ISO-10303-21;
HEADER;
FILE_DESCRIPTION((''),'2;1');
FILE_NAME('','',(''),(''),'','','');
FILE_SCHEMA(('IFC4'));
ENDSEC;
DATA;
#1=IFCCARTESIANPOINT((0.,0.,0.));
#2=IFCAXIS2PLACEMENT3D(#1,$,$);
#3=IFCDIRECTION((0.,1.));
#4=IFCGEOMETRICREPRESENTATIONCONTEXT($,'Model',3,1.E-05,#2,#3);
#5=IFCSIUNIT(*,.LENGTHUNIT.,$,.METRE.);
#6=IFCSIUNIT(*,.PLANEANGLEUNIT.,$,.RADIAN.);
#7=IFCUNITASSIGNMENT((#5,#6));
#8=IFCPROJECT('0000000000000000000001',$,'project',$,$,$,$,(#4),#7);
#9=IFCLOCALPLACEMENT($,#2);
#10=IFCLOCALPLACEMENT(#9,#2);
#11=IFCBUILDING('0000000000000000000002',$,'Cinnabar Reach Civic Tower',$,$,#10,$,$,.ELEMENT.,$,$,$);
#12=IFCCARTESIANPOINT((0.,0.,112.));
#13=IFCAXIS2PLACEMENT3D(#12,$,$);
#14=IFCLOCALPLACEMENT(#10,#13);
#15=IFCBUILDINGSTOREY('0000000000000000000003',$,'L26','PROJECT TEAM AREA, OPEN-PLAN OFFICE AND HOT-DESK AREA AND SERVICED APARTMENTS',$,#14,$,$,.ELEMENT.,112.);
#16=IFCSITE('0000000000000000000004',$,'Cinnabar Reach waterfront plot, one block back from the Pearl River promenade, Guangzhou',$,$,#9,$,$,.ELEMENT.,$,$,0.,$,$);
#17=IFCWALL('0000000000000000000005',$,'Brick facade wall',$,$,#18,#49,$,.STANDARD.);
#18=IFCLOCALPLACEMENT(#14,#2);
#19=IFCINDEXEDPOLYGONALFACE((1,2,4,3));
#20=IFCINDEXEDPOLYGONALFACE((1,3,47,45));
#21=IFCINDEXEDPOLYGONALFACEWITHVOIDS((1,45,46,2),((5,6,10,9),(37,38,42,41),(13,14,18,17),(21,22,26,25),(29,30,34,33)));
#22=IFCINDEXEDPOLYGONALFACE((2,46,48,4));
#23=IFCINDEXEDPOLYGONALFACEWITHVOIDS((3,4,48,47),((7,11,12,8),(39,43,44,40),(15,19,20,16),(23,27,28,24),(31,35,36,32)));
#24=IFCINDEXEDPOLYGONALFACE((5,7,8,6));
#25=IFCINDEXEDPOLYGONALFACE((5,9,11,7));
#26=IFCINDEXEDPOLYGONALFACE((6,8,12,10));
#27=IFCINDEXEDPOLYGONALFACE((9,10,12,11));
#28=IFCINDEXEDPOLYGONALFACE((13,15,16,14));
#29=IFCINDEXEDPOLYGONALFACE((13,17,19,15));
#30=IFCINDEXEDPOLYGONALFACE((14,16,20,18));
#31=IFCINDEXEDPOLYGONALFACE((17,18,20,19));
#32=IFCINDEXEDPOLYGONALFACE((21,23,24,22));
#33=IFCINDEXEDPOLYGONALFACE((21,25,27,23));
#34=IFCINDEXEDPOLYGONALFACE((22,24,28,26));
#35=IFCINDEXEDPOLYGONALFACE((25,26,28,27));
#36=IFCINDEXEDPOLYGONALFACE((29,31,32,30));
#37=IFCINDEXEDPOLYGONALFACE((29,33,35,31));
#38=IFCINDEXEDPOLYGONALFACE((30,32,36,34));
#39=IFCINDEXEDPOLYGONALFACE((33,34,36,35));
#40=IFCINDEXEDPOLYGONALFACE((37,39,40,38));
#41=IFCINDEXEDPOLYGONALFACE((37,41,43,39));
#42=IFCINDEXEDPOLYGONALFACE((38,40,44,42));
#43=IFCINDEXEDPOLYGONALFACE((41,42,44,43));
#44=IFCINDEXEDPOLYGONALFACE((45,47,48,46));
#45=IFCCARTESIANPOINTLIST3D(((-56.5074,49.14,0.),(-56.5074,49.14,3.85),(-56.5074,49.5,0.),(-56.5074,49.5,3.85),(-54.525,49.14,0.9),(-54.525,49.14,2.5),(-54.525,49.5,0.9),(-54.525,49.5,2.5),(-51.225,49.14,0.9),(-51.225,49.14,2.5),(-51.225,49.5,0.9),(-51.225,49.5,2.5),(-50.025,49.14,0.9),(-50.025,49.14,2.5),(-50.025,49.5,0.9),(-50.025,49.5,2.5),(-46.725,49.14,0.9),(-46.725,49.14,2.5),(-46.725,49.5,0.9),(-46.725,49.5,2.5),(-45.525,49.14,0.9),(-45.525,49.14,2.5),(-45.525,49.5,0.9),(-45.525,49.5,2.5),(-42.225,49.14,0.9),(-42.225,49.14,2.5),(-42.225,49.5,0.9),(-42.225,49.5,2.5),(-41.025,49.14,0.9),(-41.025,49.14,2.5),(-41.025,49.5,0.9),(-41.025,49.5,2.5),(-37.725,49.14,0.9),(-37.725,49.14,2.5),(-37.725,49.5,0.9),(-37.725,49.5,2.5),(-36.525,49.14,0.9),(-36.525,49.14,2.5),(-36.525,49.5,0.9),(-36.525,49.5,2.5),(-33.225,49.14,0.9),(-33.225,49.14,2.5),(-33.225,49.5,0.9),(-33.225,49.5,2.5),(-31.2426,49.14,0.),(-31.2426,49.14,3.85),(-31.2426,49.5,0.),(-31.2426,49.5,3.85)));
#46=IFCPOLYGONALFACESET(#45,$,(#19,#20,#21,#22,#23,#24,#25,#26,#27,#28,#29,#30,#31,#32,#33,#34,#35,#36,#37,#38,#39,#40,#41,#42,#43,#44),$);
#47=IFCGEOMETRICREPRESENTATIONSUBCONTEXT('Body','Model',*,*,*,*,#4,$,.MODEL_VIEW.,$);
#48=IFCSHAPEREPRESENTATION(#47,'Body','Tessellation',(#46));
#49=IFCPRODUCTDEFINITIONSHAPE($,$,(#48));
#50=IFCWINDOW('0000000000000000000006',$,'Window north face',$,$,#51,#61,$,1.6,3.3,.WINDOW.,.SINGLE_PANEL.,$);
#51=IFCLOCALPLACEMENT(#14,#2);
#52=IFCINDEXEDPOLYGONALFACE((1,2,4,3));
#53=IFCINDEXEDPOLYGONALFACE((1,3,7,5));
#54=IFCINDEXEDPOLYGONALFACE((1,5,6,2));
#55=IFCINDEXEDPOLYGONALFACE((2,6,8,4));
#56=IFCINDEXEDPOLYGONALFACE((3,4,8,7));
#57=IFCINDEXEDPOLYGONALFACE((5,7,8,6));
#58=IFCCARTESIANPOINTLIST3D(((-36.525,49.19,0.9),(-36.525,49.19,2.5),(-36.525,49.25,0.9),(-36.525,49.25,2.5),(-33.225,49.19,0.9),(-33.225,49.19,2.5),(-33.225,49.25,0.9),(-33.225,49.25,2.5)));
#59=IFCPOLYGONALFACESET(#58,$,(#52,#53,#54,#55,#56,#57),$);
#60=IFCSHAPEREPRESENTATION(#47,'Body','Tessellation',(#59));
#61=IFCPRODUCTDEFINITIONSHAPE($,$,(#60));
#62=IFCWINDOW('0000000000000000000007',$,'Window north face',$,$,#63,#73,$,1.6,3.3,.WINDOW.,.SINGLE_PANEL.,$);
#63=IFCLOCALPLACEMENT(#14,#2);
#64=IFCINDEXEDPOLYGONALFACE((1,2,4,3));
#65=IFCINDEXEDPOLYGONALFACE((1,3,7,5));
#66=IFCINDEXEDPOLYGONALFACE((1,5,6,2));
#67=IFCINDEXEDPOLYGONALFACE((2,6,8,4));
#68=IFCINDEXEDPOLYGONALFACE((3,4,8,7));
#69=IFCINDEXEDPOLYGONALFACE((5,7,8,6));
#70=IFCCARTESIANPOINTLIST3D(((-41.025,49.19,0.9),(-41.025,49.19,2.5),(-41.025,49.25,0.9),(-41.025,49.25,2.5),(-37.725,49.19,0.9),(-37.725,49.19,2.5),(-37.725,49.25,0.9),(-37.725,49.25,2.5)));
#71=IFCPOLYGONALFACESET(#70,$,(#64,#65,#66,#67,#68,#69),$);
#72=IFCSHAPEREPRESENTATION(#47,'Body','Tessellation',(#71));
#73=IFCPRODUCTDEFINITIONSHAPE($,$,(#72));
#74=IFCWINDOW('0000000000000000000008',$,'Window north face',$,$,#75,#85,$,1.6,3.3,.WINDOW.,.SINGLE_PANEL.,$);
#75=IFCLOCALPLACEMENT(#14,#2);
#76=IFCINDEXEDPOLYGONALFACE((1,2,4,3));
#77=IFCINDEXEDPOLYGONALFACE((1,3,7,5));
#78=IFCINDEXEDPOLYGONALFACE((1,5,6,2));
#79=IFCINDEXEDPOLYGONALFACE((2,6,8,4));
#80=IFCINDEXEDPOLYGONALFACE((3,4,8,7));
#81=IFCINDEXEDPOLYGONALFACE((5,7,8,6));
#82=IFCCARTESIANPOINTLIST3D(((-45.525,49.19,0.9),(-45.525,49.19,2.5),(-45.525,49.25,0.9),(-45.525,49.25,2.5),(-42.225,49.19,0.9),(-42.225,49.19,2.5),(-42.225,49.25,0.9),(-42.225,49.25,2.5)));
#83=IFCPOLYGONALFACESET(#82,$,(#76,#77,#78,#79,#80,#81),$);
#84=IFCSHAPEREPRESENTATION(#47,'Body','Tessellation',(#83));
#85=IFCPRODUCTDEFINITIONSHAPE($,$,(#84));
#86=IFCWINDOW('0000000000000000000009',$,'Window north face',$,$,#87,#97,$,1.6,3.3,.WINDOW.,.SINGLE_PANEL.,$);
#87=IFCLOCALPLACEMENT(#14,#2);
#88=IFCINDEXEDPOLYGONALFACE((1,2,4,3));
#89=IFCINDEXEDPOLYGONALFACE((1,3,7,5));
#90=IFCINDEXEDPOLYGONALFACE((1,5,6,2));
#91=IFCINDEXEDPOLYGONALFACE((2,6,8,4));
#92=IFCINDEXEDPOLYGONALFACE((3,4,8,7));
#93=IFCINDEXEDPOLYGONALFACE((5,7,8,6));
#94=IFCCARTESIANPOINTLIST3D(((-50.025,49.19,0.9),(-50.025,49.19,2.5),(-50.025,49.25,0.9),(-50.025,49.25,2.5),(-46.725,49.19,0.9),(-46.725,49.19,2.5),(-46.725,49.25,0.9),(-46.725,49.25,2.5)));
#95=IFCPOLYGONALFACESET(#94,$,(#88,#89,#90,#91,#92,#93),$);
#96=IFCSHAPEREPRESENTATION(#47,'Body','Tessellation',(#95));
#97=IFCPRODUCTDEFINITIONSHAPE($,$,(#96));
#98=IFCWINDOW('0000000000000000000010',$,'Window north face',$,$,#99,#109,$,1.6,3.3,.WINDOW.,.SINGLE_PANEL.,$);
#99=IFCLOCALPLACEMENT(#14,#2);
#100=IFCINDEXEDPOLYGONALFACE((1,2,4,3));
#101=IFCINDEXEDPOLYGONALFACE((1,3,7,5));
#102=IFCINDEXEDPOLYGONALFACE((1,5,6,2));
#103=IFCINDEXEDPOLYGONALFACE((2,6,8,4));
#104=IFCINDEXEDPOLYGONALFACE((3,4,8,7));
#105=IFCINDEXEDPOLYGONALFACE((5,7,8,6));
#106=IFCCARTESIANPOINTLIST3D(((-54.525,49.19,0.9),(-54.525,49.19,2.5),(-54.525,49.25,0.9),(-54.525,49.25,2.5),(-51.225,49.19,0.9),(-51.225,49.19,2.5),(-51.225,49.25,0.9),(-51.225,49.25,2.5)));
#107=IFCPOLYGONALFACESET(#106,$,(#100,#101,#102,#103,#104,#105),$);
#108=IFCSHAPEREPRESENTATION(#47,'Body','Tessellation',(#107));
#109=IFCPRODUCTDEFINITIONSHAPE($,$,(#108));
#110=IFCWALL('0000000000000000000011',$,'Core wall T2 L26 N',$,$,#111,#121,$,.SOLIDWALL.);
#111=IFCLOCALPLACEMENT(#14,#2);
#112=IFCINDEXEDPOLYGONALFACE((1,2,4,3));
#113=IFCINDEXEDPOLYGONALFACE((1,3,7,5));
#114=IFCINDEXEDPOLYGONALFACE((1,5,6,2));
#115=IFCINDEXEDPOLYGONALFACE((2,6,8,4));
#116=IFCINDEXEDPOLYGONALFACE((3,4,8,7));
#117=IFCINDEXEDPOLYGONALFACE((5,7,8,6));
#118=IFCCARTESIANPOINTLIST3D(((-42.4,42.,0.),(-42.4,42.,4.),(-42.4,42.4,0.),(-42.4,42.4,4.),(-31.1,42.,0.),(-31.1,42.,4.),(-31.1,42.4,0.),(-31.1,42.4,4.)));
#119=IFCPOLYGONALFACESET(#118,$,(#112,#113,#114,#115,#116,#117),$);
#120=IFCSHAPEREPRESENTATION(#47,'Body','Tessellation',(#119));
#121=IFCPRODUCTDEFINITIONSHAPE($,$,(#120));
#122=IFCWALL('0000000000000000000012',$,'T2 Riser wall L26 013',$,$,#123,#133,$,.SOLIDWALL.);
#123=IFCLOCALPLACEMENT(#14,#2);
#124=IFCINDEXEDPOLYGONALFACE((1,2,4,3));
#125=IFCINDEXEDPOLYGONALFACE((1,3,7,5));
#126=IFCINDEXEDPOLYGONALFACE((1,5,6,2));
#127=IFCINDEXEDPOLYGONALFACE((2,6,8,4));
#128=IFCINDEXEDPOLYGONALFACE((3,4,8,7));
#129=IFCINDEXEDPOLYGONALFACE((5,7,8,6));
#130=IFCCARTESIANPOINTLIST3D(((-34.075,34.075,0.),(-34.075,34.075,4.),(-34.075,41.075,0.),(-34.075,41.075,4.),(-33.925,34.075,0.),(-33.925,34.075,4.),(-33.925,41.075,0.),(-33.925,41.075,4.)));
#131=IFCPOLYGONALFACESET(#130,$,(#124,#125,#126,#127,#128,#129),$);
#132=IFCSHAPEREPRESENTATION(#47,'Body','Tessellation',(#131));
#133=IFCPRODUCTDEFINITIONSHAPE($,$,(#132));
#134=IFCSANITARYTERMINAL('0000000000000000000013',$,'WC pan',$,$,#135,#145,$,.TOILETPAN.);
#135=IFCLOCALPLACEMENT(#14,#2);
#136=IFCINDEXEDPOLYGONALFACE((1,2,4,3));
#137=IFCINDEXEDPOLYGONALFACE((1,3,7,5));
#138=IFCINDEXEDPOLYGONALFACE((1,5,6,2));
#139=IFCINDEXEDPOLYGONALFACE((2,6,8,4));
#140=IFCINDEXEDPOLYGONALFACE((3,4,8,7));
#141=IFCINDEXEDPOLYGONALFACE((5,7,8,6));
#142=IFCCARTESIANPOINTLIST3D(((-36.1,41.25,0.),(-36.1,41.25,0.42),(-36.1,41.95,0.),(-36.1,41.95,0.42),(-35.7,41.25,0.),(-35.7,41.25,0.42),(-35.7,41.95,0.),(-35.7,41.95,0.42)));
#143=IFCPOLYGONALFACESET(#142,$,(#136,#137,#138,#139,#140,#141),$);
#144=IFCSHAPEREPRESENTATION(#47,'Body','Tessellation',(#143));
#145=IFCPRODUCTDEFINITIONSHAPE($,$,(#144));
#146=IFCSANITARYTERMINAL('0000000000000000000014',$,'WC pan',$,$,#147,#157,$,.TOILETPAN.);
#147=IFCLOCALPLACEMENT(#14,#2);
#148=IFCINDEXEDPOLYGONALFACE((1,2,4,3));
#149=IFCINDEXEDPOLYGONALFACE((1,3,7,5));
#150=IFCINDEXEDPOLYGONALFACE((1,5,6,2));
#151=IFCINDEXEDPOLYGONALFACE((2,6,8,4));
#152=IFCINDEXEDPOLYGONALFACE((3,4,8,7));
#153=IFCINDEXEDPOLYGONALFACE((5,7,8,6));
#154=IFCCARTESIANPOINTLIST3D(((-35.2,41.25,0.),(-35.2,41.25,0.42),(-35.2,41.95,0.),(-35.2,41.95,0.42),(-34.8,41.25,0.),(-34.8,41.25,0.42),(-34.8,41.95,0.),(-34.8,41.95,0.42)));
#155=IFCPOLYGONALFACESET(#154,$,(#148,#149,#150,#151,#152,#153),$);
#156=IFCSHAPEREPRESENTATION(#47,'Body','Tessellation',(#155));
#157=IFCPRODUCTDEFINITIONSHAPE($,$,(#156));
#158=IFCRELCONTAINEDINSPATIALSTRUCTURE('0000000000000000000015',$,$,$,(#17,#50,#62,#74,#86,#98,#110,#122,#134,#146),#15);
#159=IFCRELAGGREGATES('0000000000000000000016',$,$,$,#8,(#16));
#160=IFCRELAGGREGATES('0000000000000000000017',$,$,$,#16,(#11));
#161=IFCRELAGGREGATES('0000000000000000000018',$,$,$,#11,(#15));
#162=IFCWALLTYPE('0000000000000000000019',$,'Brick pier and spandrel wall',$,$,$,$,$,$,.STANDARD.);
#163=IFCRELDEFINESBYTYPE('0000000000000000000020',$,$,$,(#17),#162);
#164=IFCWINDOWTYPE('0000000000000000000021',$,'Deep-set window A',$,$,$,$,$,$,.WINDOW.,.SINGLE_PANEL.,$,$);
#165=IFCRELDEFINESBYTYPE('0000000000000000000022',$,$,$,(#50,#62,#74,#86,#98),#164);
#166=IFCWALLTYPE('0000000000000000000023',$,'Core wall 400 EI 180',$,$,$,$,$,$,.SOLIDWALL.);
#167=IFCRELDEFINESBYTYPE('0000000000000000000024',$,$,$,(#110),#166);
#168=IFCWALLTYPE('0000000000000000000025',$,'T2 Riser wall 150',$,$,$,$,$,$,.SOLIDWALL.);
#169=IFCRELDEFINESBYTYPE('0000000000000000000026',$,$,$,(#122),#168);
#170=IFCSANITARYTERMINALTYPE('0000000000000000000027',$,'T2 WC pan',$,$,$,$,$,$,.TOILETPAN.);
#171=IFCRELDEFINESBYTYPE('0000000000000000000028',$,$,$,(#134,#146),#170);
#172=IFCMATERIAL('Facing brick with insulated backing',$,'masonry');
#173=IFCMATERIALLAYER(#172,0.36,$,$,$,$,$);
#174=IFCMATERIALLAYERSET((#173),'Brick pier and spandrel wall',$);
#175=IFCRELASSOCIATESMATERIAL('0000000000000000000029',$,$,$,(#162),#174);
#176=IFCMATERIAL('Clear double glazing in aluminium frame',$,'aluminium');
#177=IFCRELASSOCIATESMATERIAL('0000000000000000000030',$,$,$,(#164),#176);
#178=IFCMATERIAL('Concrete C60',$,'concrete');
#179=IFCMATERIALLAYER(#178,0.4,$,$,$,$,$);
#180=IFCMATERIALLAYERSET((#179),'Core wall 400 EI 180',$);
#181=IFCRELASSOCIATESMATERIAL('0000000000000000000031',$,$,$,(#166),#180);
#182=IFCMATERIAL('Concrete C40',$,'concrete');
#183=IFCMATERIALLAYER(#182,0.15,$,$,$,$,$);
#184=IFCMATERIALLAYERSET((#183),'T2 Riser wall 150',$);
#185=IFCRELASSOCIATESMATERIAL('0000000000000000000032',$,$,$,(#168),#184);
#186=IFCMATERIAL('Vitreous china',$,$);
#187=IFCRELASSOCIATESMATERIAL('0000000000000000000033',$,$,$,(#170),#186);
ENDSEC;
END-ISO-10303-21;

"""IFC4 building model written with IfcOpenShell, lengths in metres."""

from ifc_helpers import new_model, si_unit, direction, frame, frame_2d, origin, origin_2d, place, context, subcontext, project, spatial, rectangle, extrude, material, layer, layer_set, type_object, element, fill, save


model = new_model("IFC4")

# Units and contexts
model_context = context("Model", 3, precision=1e-05, world=origin(), true_north=direction((0.0, 1.0)))
body_context = subcontext(model_context, "Body", "Model", "MODEL_VIEW")
ifc_project = project(units=[si_unit("LENGTHUNIT", "METRE"), si_unit("PLANEANGLEUNIT", "RADIAN")], contexts=[model_context])

# Site, building, storey
site_placement = place(None, origin())
site = spatial("IfcSite", under=ifc_project, at=site_placement, Name="Cinnabar Reach waterfront plot, one block back from the Pearl River promenade, Guangzhou", CompositionType="ELEMENT", RefElevation=0.0)
building_placement = place(site_placement, origin())
building = spatial("IfcBuilding", under=site, at=building_placement, Name="Cinnabar Reach Civic Tower", CompositionType="ELEMENT")
storey_placement = place(building_placement, frame((0.0, 0.0, 112.0)))
storey = spatial("IfcBuildingStorey", under=building, at=storey_placement, Name="L26", Description="PROJECT TEAM AREA, OPEN-PLAN OFFICE AND HOT-DESK AREA AND SERVICED APARTMENTS", CompositionType="ELEMENT", Elevation=112.0)

# Shared definitions
ifc_material_1 = material(Name="Concrete C60", Category="concrete")

# Shared definitions
ifc_material_2 = material(Name="Facing brick with insulated backing", Category="masonry")

# Wall, openings, windows
ifc_layer_1 = layer(ifc_material_2, 0.36)
ifc_layer_set_1 = layer_set([ifc_layer_1], Name="Brick pier and spandrel wall")
wall_type_1 = type_object("IfcWallType", Name="Brick pier and spandrel wall", PredefinedType="STANDARD", material=ifc_layer_set_1)
wall_1_placement = place(storey_placement, frame((-31.2426, 49.32, 0.0), z_axis=(0.0, 0.0, 1.0), x_axis=(-1.0, 0.0, 0.0)))
wall_1 = element("IfcWall", 1, at=wall_1_placement, inside=storey, type_object=wall_type_1, Name="Brick facade wall", PredefinedType="STANDARD", context=body_context, shape_type="SweptSolid", body=[
    extrude(rectangle(XDim=25.2648, YDim=0.36, at=frame_2d((12.6324, 0.0))), origin(), (0.0, 0.0, 1.0), 3.85),
])
opening_1_placement = place(wall_1_placement, frame((1.9824, 0.0, 0.9)))
opening_1 = element("IfcOpeningElement", 2, at=opening_1_placement, cuts=wall_1, PredefinedType="OPENING", context=body_context, shape_type="SweptSolid", body=[
    extrude(rectangle(XDim=3.3, YDim=1.6, at=frame_2d((1.65, 0.8))), frame((0.0, 0.19, 0.0), z_axis=(0.0, -1.0, 0.0), x_axis=(1.0, 0.0, 0.0)), (0.0, 0.0, 1.0), 0.38),
])
opening_2_placement = place(wall_1_placement, frame((6.4824, 0.0, 0.9)))
opening_2 = element("IfcOpeningElement", 3, at=opening_2_placement, cuts=wall_1, PredefinedType="OPENING", context=body_context, shape_type="SweptSolid", body=[
    extrude(rectangle(XDim=3.3, YDim=1.6, at=frame_2d((1.65, 0.8))), frame((0.0, 0.19, 0.0), z_axis=(0.0, -1.0, 0.0), x_axis=(1.0, 0.0, 0.0)), (0.0, 0.0, 1.0), 0.38),
])
opening_3_placement = place(wall_1_placement, frame((10.9824, 0.0, 0.9)))
opening_3 = element("IfcOpeningElement", 4, at=opening_3_placement, cuts=wall_1, PredefinedType="OPENING", context=body_context, shape_type="SweptSolid", body=[
    extrude(rectangle(XDim=3.3, YDim=1.6, at=frame_2d((1.65, 0.8))), frame((0.0, 0.19, 0.0), z_axis=(0.0, -1.0, 0.0), x_axis=(1.0, 0.0, 0.0)), (0.0, 0.0, 1.0), 0.38),
])
opening_4_placement = place(wall_1_placement, frame((15.4824, 0.0, 0.9)))
opening_4 = element("IfcOpeningElement", 5, at=opening_4_placement, cuts=wall_1, PredefinedType="OPENING", context=body_context, shape_type="SweptSolid", body=[
    extrude(rectangle(XDim=3.3, YDim=1.6, at=frame_2d((1.65, 0.8))), frame((0.0, 0.19, 0.0), z_axis=(0.0, -1.0, 0.0), x_axis=(1.0, 0.0, 0.0)), (0.0, 0.0, 1.0), 0.38),
])
opening_5_placement = place(wall_1_placement, frame((19.9824, 0.0, 0.9)))
opening_5 = element("IfcOpeningElement", 6, at=opening_5_placement, cuts=wall_1, PredefinedType="OPENING", context=body_context, shape_type="SweptSolid", body=[
    extrude(rectangle(XDim=3.3, YDim=1.6, at=frame_2d((1.65, 0.8))), frame((0.0, 0.19, 0.0), z_axis=(0.0, -1.0, 0.0), x_axis=(1.0, 0.0, 0.0)), (0.0, 0.0, 1.0), 0.38),
])
ifc_material_3 = material(Name="Clear double glazing in aluminium frame", Category="aluminium")
window_type = type_object("IfcWindowType", Name="Deep-set window A", PartitioningType="SINGLE_PANEL", PredefinedType="WINDOW", material=ifc_material_3)
window_1_placement = place(opening_1_placement, origin())
window_1 = element("IfcWindow", 7, at=window_1_placement, inside=storey, type_object=window_type, Name="Window north face", OverallHeight=1.6, OverallWidth=3.3, PartitioningType="SINGLE_PANEL", PredefinedType="WINDOW", context=body_context, shape_type="SweptSolid", body=[
    extrude(rectangle(XDim=3.3, YDim=1.6, at=frame_2d((1.65, 0.8))), frame((0.0, 0.13, 0.0), z_axis=(0.0, -1.0, 0.0), x_axis=(1.0, 0.0, 0.0)), (0.0, 0.0, 1.0), 0.06),
])
fill(opening_1, window_1)
window_2_placement = place(opening_2_placement, origin())
window_2 = element("IfcWindow", 8, at=window_2_placement, inside=storey, type_object=window_type, Name="Window north face", OverallHeight=1.6, OverallWidth=3.3, PartitioningType="SINGLE_PANEL", PredefinedType="WINDOW", context=body_context, shape_type="SweptSolid", body=[
    extrude(rectangle(XDim=3.3, YDim=1.6, at=frame_2d((1.65, 0.8))), frame((0.0, 0.13, 0.0), z_axis=(0.0, -1.0, 0.0), x_axis=(1.0, 0.0, 0.0)), (0.0, 0.0, 1.0), 0.06),
])
fill(opening_2, window_2)
window_3_placement = place(opening_3_placement, origin())
window_3 = element("IfcWindow", 9, at=window_3_placement, inside=storey, type_object=window_type, Name="Window north face", OverallHeight=1.6, OverallWidth=3.3, PartitioningType="SINGLE_PANEL", PredefinedType="WINDOW", context=body_context, shape_type="SweptSolid", body=[
    extrude(rectangle(XDim=3.3, YDim=1.6, at=frame_2d((1.65, 0.8))), frame((0.0, 0.13, 0.0), z_axis=(0.0, -1.0, 0.0), x_axis=(1.0, 0.0, 0.0)), (0.0, 0.0, 1.0), 0.06),
])
fill(opening_3, window_3)
window_4_placement = place(opening_4_placement, origin())
window_4 = element("IfcWindow", 10, at=window_4_placement, inside=storey, type_object=window_type, Name="Window north face", OverallHeight=1.6, OverallWidth=3.3, PartitioningType="SINGLE_PANEL", PredefinedType="WINDOW", context=body_context, shape_type="SweptSolid", body=[
    extrude(rectangle(XDim=3.3, YDim=1.6, at=frame_2d((1.65, 0.8))), frame((0.0, 0.13, 0.0), z_axis=(0.0, -1.0, 0.0), x_axis=(1.0, 0.0, 0.0)), (0.0, 0.0, 1.0), 0.06),
])
fill(opening_4, window_4)
window_5_placement = place(opening_5_placement, origin())
window_5 = element("IfcWindow", 11, at=window_5_placement, inside=storey, type_object=window_type, Name="Window north face", OverallHeight=1.6, OverallWidth=3.3, PartitioningType="SINGLE_PANEL", PredefinedType="WINDOW", context=body_context, shape_type="SweptSolid", body=[
    extrude(rectangle(XDim=3.3, YDim=1.6, at=frame_2d((1.65, 0.8))), frame((0.0, 0.13, 0.0), z_axis=(0.0, -1.0, 0.0), x_axis=(1.0, 0.0, 0.0)), (0.0, 0.0, 1.0), 0.06),
])
fill(opening_5, window_5)

# Walls
ifc_layer_2 = layer(ifc_material_1, 0.4)
ifc_layer_set_2 = layer_set([ifc_layer_2], Name="Core wall 400 EI 180")
wall_type_2 = type_object("IfcWallType", Name="Core wall 400 EI 180", PredefinedType="SOLIDWALL", material=ifc_layer_set_2)
wall_2_placement = place(storey_placement, frame((-31.1, 42.2, 0.0), z_axis=(0.0, 0.0, 1.0), x_axis=(-1.0, 0.0, 0.0)))
element("IfcWall", 12, at=wall_2_placement, inside=storey, type_object=wall_type_2, Name="Core wall T2 L26 N", PredefinedType="SOLIDWALL", context=body_context, shape_type="SweptSolid", body=[
    extrude(rectangle(XDim=11.3, YDim=0.4, at=frame_2d((5.65, 0.0))), origin(), (0.0, 0.0, 1.0), 4.0),
])
ifc_material_4 = material(Name="Concrete C40", Category="concrete")
ifc_layer_3 = layer(ifc_material_4, 0.15)
ifc_layer_set_3 = layer_set([ifc_layer_3], Name="T2 Riser wall 150")
wall_type_3 = type_object("IfcWallType", Name="T2 Riser wall 150", PredefinedType="SOLIDWALL", material=ifc_layer_set_3)
wall_3_placement = place(storey_placement, frame((-34.0, 41.075, 0.0), z_axis=(0.0, 0.0, 1.0), x_axis=(0.0, -1.0, 0.0)))
element("IfcWall", 13, at=wall_3_placement, inside=storey, type_object=wall_type_3, Name="T2 Riser wall L26 013", PredefinedType="SOLIDWALL", context=body_context, shape_type="SweptSolid", body=[
    extrude(rectangle(XDim=7.0, YDim=0.15, at=frame_2d((3.5, 0.0))), origin(), (0.0, 0.0, 1.0), 4.0),
])

# Sanitary terminals
ifc_material_5 = material(Name="Vitreous china")
sanitary_terminal_type = type_object("IfcSanitaryTerminalType", Name="T2 WC pan", PredefinedType="TOILETPAN", material=ifc_material_5)
for number, where, z_axis, x_axis, name in (
    (14, (-35.9, 41.6, 0.0), (0.0, 0.0, 1.0), (1.0, 0.0, 0.0), "WC pan"),
    (15, (-35.0, 41.6, 0.0), (0.0, 0.0, 1.0), (1.0, 0.0, 0.0), "WC pan"),
):
    element("IfcSanitaryTerminal", number, at=place(storey_placement, frame(where, z_axis=z_axis, x_axis=x_axis)), inside=storey, type_object=sanitary_terminal_type, Name=name, PredefinedType="TOILETPAN", context=body_context, shape_type="SweptSolid", body=[
        extrude(rectangle(XDim=0.4, YDim=0.7, at=origin_2d()), origin(), (0.0, 0.0, 1.0), 0.42),
    ])

save(model, "model.ifc")
